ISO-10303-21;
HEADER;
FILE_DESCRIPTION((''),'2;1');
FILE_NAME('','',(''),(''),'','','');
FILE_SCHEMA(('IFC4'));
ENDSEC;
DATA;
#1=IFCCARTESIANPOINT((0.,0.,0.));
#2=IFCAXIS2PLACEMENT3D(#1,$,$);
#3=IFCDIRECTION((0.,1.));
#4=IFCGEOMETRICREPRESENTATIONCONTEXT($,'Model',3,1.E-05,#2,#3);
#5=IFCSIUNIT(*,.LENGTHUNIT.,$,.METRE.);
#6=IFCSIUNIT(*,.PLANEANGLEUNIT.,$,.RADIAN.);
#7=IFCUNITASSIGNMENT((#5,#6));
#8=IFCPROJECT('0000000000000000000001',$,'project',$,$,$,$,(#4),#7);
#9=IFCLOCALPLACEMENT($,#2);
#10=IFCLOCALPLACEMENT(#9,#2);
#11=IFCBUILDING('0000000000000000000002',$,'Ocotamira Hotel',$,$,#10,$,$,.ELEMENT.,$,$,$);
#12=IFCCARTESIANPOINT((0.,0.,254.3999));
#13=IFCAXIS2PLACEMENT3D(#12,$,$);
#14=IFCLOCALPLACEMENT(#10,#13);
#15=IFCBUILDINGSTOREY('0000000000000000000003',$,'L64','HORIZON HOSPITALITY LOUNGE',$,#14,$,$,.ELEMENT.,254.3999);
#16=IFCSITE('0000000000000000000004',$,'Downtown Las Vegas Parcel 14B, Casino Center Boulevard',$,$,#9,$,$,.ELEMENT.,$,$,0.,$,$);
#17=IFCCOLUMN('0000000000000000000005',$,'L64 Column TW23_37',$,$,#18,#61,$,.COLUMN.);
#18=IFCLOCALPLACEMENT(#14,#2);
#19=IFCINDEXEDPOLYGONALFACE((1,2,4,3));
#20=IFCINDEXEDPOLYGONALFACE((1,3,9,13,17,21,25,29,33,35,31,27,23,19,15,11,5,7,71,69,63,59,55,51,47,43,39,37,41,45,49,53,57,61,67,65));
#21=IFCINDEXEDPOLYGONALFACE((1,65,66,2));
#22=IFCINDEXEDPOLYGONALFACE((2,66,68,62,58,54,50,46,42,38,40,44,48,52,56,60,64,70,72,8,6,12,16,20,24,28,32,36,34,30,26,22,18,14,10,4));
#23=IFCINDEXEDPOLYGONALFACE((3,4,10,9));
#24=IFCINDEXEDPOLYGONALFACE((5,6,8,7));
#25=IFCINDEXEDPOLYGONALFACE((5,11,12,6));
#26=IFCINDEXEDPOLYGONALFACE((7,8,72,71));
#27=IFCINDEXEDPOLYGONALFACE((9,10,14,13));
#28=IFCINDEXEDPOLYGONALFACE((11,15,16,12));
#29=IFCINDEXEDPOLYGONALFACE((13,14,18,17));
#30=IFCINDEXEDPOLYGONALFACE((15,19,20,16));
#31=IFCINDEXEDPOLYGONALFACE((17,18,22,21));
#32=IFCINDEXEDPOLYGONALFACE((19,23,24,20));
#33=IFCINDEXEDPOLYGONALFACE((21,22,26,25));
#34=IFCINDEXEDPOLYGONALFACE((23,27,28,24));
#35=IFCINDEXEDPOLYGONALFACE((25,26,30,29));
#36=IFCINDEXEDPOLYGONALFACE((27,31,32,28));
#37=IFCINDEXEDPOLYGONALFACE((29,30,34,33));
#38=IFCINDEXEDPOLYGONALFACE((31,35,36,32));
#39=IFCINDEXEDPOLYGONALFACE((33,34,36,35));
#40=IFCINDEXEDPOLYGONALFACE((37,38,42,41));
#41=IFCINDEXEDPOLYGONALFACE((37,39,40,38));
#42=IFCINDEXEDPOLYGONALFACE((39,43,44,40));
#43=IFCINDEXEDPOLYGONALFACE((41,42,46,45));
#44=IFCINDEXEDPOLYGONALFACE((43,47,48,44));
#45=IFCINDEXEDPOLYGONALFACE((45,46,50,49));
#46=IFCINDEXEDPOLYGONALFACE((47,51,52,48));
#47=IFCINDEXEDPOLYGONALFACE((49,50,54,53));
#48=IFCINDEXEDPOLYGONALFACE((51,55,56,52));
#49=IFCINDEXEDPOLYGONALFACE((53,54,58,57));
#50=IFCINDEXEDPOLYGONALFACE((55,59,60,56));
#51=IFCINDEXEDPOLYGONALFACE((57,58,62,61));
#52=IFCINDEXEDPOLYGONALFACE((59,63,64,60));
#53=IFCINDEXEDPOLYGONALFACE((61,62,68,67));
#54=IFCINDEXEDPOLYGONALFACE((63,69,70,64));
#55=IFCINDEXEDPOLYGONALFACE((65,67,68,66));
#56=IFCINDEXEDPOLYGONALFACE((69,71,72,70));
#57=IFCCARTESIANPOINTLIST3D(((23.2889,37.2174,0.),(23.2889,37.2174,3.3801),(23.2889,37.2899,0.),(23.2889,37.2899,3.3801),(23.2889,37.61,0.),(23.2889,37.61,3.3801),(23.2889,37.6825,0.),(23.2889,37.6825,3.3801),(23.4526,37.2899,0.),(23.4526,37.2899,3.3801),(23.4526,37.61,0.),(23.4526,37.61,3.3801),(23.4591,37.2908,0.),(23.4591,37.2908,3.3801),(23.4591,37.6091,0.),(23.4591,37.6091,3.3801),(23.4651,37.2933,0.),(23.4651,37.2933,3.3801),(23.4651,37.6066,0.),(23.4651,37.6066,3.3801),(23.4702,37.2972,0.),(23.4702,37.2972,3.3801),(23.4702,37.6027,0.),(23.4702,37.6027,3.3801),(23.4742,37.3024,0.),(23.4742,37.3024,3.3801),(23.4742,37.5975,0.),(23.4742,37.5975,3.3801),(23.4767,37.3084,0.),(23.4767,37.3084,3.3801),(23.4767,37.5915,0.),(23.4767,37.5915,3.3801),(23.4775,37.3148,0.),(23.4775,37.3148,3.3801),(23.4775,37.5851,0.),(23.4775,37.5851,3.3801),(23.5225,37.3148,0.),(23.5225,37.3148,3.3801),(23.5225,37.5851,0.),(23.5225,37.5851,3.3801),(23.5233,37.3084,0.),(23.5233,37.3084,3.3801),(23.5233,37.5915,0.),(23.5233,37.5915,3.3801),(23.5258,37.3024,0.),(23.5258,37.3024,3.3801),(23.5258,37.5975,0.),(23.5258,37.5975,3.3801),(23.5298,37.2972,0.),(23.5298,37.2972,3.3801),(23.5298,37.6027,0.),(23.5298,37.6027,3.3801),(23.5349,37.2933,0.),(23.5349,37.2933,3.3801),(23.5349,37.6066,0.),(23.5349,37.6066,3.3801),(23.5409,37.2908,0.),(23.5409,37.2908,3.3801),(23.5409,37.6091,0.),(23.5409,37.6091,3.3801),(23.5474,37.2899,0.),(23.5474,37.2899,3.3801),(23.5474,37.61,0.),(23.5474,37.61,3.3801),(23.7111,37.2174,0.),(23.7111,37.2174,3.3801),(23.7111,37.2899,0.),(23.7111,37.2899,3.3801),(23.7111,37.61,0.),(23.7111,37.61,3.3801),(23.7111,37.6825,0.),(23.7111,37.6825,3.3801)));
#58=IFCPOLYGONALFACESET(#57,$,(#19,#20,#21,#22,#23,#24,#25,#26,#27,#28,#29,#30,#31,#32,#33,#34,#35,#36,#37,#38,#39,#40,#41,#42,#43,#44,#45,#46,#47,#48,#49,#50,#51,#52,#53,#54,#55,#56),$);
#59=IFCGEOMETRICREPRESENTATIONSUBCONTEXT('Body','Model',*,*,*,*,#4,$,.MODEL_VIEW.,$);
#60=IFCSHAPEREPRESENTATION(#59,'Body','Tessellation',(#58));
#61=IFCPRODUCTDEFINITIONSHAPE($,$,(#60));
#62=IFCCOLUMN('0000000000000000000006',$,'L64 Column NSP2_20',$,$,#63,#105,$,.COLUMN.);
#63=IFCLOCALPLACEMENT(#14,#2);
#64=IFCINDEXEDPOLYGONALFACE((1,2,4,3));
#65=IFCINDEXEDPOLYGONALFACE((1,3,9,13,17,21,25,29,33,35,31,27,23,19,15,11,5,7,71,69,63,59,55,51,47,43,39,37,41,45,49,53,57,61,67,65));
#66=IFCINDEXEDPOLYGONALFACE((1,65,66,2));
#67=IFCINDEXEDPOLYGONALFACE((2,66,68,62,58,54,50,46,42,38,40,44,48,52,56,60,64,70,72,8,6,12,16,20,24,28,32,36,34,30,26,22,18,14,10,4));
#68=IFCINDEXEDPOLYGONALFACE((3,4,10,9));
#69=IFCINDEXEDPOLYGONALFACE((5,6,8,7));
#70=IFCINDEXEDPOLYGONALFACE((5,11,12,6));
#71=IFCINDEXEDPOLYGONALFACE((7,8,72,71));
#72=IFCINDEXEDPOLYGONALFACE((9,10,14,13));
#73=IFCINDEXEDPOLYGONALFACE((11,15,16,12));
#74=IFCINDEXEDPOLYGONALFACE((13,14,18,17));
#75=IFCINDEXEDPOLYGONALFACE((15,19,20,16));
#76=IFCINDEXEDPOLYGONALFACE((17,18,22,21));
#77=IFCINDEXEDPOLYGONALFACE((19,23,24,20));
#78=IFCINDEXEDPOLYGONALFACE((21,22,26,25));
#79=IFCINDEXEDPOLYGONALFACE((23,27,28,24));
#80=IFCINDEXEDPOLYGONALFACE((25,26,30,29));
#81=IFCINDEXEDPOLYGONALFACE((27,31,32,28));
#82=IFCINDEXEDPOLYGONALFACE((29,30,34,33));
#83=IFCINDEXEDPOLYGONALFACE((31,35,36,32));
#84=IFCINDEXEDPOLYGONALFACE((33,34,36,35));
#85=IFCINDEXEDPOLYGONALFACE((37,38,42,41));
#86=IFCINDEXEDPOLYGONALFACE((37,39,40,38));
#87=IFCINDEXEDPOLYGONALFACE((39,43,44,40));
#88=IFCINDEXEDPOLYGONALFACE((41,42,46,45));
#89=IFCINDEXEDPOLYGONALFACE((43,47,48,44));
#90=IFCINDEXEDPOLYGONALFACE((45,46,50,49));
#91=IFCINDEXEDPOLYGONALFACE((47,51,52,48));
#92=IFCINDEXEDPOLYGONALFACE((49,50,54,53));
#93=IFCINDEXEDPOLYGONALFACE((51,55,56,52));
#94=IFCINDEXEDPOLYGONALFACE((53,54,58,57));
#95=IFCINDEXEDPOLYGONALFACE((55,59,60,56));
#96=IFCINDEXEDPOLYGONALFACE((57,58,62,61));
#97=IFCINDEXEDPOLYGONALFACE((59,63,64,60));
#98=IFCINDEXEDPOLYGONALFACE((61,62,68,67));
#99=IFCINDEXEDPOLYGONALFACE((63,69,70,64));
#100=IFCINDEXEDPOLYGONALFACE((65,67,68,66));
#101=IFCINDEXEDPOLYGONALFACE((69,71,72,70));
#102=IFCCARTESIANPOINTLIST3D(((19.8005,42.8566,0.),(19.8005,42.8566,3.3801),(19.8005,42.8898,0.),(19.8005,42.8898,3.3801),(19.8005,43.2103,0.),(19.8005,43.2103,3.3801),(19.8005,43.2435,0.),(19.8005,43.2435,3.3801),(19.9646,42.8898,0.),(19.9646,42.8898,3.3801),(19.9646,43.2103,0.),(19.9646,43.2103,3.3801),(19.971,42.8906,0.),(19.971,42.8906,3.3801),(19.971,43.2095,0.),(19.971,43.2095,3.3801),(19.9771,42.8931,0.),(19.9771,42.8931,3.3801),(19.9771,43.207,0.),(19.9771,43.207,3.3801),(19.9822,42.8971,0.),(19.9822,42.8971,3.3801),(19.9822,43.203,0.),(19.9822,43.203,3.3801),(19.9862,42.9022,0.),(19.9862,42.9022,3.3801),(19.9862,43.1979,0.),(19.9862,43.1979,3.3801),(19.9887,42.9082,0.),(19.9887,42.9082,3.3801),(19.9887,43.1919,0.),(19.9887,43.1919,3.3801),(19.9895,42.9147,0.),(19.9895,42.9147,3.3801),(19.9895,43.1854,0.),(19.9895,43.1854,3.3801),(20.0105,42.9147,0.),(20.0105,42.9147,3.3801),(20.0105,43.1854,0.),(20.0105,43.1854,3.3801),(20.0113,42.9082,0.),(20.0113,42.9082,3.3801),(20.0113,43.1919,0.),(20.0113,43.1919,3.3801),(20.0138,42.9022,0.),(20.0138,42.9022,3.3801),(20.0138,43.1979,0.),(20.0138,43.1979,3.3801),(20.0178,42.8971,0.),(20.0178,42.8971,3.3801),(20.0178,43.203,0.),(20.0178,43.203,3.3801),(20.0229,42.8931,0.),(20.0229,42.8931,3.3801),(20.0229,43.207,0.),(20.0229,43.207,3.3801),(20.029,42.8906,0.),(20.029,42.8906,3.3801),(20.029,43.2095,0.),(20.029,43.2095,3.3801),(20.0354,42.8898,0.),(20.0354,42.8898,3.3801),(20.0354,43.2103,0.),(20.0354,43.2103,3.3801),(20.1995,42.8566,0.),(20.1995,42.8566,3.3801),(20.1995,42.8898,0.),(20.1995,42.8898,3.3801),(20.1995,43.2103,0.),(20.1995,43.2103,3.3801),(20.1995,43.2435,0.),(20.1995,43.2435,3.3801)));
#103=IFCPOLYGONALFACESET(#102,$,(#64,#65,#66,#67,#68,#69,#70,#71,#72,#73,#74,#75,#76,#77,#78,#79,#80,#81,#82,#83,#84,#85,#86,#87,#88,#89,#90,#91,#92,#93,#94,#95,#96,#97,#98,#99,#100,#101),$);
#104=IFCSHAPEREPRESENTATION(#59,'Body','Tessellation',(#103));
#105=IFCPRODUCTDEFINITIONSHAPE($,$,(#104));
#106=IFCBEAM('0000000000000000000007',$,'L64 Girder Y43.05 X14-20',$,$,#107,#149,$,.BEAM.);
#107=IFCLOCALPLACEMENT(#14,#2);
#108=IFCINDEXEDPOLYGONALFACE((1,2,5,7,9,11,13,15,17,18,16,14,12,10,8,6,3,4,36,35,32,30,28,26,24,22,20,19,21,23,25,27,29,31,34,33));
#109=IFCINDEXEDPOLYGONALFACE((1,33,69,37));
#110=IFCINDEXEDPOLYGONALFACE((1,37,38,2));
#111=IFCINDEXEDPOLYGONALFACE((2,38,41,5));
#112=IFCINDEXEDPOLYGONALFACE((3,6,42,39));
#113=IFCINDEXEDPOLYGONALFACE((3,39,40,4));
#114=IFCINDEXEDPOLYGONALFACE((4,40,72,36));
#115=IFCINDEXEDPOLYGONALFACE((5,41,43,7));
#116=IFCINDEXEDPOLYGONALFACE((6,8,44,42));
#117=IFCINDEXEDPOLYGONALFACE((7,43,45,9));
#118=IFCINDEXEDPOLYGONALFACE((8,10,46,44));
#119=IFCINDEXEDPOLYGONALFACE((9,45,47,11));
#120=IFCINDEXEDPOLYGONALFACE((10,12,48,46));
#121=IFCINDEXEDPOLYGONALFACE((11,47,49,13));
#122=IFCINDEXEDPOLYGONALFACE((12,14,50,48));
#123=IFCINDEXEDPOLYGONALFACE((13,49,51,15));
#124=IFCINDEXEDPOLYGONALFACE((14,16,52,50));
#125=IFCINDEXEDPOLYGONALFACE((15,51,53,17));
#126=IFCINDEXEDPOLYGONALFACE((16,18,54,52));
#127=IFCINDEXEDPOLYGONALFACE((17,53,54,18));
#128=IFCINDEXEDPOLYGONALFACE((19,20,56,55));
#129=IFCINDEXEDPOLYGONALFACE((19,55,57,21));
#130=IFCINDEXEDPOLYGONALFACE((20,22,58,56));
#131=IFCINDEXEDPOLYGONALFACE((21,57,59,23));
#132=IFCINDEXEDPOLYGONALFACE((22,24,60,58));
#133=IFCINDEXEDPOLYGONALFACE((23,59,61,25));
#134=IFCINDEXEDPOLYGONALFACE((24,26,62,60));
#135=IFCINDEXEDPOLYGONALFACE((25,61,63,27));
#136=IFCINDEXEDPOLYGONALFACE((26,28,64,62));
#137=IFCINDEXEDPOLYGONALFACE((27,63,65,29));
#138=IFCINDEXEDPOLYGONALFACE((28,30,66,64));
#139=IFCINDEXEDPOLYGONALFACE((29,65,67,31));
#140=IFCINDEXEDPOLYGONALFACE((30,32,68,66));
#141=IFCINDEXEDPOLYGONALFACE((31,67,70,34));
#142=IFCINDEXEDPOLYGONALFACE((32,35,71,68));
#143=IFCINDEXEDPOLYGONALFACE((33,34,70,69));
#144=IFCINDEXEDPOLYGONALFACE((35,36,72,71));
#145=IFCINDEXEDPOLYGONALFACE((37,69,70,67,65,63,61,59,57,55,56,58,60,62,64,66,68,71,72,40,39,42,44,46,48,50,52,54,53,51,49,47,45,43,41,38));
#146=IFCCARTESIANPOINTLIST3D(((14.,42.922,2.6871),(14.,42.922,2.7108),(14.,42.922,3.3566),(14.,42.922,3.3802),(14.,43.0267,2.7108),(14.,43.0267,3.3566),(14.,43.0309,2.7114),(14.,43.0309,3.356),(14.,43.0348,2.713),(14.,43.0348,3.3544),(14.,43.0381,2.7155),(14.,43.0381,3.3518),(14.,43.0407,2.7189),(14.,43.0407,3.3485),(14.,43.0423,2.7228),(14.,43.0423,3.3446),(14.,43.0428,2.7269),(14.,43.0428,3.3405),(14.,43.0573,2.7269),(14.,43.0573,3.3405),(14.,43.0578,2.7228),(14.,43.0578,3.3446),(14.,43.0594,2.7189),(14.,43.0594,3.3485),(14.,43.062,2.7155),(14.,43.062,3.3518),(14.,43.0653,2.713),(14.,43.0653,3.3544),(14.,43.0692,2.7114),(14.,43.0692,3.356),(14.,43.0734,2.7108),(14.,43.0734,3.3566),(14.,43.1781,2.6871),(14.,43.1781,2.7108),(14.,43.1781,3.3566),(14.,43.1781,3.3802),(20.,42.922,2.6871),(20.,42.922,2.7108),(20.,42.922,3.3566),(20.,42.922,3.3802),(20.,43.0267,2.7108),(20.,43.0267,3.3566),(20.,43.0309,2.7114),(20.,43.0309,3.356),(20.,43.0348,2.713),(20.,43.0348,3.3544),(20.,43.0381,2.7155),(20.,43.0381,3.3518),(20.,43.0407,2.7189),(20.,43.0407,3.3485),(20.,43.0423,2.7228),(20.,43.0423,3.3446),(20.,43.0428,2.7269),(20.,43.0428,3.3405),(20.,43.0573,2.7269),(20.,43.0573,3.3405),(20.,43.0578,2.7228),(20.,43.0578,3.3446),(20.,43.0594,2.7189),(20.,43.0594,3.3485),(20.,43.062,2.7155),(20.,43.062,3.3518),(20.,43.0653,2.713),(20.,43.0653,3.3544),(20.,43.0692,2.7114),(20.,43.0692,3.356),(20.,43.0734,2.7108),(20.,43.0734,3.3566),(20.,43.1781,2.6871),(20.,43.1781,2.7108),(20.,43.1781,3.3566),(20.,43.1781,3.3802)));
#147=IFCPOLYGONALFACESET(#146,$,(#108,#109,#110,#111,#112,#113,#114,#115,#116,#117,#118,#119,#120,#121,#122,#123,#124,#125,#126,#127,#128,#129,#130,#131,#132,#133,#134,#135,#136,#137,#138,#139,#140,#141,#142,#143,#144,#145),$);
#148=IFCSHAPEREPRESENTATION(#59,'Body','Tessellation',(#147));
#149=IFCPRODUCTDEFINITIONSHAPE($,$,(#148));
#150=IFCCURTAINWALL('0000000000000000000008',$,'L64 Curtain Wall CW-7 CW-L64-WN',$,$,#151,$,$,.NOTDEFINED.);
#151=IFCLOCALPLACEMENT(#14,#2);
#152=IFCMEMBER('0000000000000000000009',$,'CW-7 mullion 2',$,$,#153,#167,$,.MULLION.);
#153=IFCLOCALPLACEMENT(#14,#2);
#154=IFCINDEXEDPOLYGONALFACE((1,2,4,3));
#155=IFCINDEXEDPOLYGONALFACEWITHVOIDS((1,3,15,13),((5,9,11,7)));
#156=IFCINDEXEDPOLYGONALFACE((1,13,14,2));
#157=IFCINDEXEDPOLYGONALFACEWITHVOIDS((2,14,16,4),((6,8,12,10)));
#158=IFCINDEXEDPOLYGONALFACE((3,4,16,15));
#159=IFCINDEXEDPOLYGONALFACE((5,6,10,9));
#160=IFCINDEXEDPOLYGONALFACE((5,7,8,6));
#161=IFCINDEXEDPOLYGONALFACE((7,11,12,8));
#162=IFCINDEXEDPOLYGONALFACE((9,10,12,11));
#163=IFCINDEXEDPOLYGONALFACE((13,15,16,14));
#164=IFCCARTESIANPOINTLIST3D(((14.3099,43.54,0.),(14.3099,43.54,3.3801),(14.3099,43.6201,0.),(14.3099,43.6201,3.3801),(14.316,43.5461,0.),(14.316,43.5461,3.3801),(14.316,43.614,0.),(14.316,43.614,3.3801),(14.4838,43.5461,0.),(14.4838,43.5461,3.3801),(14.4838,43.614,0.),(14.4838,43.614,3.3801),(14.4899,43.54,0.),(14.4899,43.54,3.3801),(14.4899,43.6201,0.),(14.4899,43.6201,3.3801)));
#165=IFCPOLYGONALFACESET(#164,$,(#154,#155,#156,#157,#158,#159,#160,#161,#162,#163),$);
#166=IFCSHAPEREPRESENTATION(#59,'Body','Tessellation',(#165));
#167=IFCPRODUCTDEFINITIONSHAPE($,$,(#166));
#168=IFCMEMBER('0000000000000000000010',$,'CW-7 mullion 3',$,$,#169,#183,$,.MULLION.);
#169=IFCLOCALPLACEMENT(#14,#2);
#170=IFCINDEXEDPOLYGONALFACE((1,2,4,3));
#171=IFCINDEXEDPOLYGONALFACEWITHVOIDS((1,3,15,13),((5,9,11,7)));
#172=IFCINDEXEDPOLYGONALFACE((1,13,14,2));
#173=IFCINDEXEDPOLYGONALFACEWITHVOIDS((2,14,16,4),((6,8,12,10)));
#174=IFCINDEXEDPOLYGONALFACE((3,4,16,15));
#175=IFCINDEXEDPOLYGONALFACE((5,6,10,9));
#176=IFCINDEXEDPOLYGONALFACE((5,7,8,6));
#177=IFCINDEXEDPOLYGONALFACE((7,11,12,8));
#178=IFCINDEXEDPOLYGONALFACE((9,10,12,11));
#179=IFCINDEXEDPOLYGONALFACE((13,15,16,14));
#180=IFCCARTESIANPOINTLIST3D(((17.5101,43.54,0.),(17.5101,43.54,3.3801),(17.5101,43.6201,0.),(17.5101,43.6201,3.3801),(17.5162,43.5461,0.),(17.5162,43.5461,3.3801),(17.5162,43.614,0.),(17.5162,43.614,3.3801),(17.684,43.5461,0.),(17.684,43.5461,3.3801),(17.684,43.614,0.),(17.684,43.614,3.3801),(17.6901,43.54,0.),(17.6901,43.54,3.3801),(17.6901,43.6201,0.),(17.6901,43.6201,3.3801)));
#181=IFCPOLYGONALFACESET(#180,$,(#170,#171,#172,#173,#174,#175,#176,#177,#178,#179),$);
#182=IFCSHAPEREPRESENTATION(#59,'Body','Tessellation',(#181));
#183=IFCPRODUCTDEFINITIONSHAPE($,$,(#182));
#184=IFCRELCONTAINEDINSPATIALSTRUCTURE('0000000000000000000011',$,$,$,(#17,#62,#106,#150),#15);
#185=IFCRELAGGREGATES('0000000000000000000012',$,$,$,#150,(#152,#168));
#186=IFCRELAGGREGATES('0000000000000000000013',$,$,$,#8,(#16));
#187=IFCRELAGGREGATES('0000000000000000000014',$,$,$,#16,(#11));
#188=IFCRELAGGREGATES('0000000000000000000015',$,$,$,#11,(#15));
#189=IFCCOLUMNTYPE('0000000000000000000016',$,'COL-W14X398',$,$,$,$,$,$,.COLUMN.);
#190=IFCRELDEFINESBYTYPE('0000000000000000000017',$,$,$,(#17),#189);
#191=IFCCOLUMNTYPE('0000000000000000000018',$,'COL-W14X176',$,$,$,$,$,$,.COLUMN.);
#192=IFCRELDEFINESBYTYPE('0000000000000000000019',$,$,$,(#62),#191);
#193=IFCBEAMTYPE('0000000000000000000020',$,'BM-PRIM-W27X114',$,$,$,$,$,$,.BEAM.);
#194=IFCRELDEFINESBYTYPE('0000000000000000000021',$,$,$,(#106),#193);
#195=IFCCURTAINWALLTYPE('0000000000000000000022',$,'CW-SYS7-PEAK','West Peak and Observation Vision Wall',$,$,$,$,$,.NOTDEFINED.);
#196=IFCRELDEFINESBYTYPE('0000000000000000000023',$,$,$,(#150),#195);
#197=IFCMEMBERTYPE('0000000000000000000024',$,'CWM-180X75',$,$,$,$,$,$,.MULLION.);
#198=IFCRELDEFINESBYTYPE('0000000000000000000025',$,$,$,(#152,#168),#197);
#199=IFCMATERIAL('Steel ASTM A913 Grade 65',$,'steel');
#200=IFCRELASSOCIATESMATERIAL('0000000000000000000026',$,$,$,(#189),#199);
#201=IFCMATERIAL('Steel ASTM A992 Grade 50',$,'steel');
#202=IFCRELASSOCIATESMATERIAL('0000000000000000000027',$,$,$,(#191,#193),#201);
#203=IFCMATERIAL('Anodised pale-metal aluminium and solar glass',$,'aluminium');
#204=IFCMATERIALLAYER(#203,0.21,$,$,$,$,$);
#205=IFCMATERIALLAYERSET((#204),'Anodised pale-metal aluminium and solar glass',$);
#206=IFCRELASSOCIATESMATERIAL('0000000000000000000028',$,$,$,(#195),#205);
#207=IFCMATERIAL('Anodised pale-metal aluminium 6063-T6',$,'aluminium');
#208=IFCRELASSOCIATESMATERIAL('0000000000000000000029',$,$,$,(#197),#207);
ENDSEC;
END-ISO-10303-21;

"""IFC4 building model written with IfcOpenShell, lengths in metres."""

from ifc_helpers import new_model, si_unit, direction, frame, origin, origin_2d, place, context, subcontext, project, spatial, hollow_rectangle, i_section, extrude, source, transform, mapped, material, layer, layer_set, material_profile, profile_set, type_object, element, aggregate, save


model = new_model("IFC4")

# Units and contexts
model_context = context("Model", 3, precision=1e-05, world=origin(), true_north=direction((0.0, 1.0)))
body_context = subcontext(model_context, "Body", "Model", "MODEL_VIEW")
ifc_project = project(units=[si_unit("LENGTHUNIT", "METRE"), si_unit("PLANEANGLEUNIT", "RADIAN")], contexts=[model_context])

# Site, building, storey
site_placement = place(None, origin())
site = spatial("IfcSite", under=ifc_project, at=site_placement, Name="Downtown Las Vegas Parcel 14B, Casino Center Boulevard", CompositionType="ELEMENT", RefElevation=0.0)
building_placement = place(site_placement, origin())
building = spatial("IfcBuilding", under=site, at=building_placement, Name="Ocotamira Hotel", CompositionType="ELEMENT")
storey_placement = place(building_placement, frame((0.0, 0.0, 254.3999)))
storey = spatial("IfcBuildingStorey", under=building, at=storey_placement, Name="L64", Description="HORIZON HOSPITALITY LOUNGE", CompositionType="ELEMENT", Elevation=254.3999)

# Columns
ifc_material_1 = material(Name="Steel ASTM A913 Grade 65", Category="steel")
ifc_material_profile_1 = material_profile(ifc_material_1, i_section(OverallWidth=0.4221, OverallDepth=0.4651, WebThickness=0.0449, FlangeThickness=0.0725, FilletRadius=0.0249, at=origin_2d()), Name="W14X398")
ifc_profile_set_1 = profile_set([ifc_material_profile_1], Name="Steel ASTM A913 Grade 65")
column_type_1 = type_object("IfcColumnType", Name="COL-W14X398", PredefinedType="COLUMN", material=ifc_profile_set_1)
shared_shape_1 = source(origin(), body_context, "Body", "SweptSolid", [
    extrude(i_section(OverallWidth=0.4221, OverallDepth=0.4651, WebThickness=0.0449, FlangeThickness=0.0725, FilletRadius=0.0249, at=origin_2d()), origin(), (0.0, 0.0, 1.0), 3.3801),
])
column_1_placement = place(storey_placement, frame((23.5, 37.45, 0.0), z_axis=(0.0, 0.0, 1.0), x_axis=(1.0, 0.0, 0.0)))
element("IfcColumn", 1, at=column_1_placement, inside=storey, type_object=column_type_1, Name="L64 Column TW23_37", PredefinedType="COLUMN", context=body_context, shape_type="MappedRepresentation", body=[
    mapped(shared_shape_1, transform((0.0, 0.0, 0.0), scale=1.0)),
])
ifc_material_2 = material(Name="Steel ASTM A992 Grade 50", Category="steel")
ifc_material_profile_2 = material_profile(ifc_material_2, i_section(OverallWidth=0.3989, OverallDepth=0.387, WebThickness=0.021, FlangeThickness=0.0332, FilletRadius=0.0249, at=origin_2d()), Name="W14X176")
ifc_profile_set_2 = profile_set([ifc_material_profile_2], Name="Steel ASTM A992 Grade 50")
column_type_2 = type_object("IfcColumnType", Name="COL-W14X176", PredefinedType="COLUMN", material=ifc_profile_set_2)
shared_shape_2 = source(origin(), body_context, "Body", "SweptSolid", [
    extrude(i_section(OverallWidth=0.3989, OverallDepth=0.387, WebThickness=0.021, FlangeThickness=0.0332, FilletRadius=0.0249, at=origin_2d()), origin(), (0.0, 0.0, 1.0), 3.3801),
])
column_2_placement = place(storey_placement, frame((20.0, 43.05, 0.0), z_axis=(0.0, 0.0, 1.0), x_axis=(1.0, 0.0, 0.0)))
element("IfcColumn", 2, at=column_2_placement, inside=storey, type_object=column_type_2, Name="L64 Column NSP2_20", PredefinedType="COLUMN", context=body_context, shape_type="MappedRepresentation", body=[
    mapped(shared_shape_2, transform((0.0, 0.0, 0.0), scale=1.0)),
])

# Beam
ifc_material_profile_3 = material_profile(ifc_material_2, i_section(OverallWidth=0.2561, OverallDepth=0.6931, WebThickness=0.0144, FlangeThickness=0.0237, FilletRadius=0.0161, at=origin_2d()), Name="W27X114")
ifc_profile_set_3 = profile_set([ifc_material_profile_3], Name="Steel ASTM A992 Grade 50")
beam_type = type_object("IfcBeamType", Name="BM-PRIM-W27X114", PredefinedType="BEAM", material=ifc_profile_set_3)
shared_shape_3 = source(origin(), body_context, "Body", "SweptSolid", [
    extrude(i_section(OverallWidth=0.2561, OverallDepth=0.6931, WebThickness=0.0144, FlangeThickness=0.0237, FilletRadius=0.0161, at=origin_2d()), origin(), (0.0, 0.0, 1.0), 6.0),
])
beam_placement = place(storey_placement, frame((14.0, 43.05, 3.0337), z_axis=(1.0, 0.0, 0.0), x_axis=(0.0, 1.0, 0.0)))
element("IfcBeam", 3, at=beam_placement, inside=storey, type_object=beam_type, Name="L64 Girder Y43.05 X14-20", PredefinedType="BEAM", context=body_context, shape_type="MappedRepresentation", body=[
    mapped(shared_shape_3, transform((0.0, 0.0, 0.0), scale=1.0)),
])

# Curtain wall, members
ifc_material_3 = material(Name="Anodised pale-metal aluminium and solar glass", Category="aluminium")
ifc_layer_1 = layer(ifc_material_3, 0.21)
ifc_layer_set_1 = layer_set([ifc_layer_1], Name="Anodised pale-metal aluminium and solar glass")
curtain_wall_type = type_object("IfcCurtainWallType", Name="CW-SYS7-PEAK", Description="West Peak and Observation Vision Wall", PredefinedType="NOTDEFINED", material=ifc_layer_set_1)
curtain_wall_placement = place(storey_placement, origin())
curtain_wall = element("IfcCurtainWall", 4, at=curtain_wall_placement, inside=storey, type_object=curtain_wall_type, Name="L64 Curtain Wall CW-7 CW-L64-WN", PredefinedType="NOTDEFINED")
ifc_material_4 = material(Name="Anodised pale-metal aluminium 6063-T6", Category="aluminium")
ifc_material_profile_4 = material_profile(ifc_material_4, hollow_rectangle(XDim=0.0801, YDim=0.1799, WallThickness=0.0061, at=origin_2d()), Name="HSS180X80X6")
ifc_profile_set_4 = profile_set([ifc_material_profile_4], Name="Anodised pale-metal aluminium 6063-T6")
member_type_1 = type_object("IfcMemberType", Name="CWM-180X75", PredefinedType="MULLION", material=ifc_profile_set_4)
shared_shape_4 = source(origin(), body_context, "Body", "SweptSolid", [
    extrude(hollow_rectangle(XDim=0.0801, YDim=0.1799, WallThickness=0.0061, at=origin_2d()), origin(), (0.0, 0.0, 1.0), 3.3801),
])
member_1_placement = place(storey_placement, frame((14.3999, 43.5801, 0.0), z_axis=(0.0, 0.0, 1.0), x_axis=(0.0, 1.0, 0.0)))
member_1 = element("IfcMember", 5, at=member_1_placement, type_object=member_type_1, Name="CW-7 mullion 2", PredefinedType="MULLION", context=body_context, shape_type="MappedRepresentation", body=[
    mapped(shared_shape_4, transform((0.0, 0.0, 0.0), scale=1.0)),
])
member_2_placement = place(storey_placement, frame((17.6001, 43.5801, 0.0), z_axis=(0.0, 0.0, 1.0), x_axis=(0.0, 1.0, 0.0)))
member_2 = element("IfcMember", 6, at=member_2_placement, type_object=member_type_1, Name="CW-7 mullion 3", PredefinedType="MULLION", context=body_context, shape_type="MappedRepresentation", body=[
    mapped(shared_shape_4, transform((0.0, 0.0, 0.0), scale=1.0)),
])
aggregate(curtain_wall, [member_1, member_2])

save(model, "model.ifc")
